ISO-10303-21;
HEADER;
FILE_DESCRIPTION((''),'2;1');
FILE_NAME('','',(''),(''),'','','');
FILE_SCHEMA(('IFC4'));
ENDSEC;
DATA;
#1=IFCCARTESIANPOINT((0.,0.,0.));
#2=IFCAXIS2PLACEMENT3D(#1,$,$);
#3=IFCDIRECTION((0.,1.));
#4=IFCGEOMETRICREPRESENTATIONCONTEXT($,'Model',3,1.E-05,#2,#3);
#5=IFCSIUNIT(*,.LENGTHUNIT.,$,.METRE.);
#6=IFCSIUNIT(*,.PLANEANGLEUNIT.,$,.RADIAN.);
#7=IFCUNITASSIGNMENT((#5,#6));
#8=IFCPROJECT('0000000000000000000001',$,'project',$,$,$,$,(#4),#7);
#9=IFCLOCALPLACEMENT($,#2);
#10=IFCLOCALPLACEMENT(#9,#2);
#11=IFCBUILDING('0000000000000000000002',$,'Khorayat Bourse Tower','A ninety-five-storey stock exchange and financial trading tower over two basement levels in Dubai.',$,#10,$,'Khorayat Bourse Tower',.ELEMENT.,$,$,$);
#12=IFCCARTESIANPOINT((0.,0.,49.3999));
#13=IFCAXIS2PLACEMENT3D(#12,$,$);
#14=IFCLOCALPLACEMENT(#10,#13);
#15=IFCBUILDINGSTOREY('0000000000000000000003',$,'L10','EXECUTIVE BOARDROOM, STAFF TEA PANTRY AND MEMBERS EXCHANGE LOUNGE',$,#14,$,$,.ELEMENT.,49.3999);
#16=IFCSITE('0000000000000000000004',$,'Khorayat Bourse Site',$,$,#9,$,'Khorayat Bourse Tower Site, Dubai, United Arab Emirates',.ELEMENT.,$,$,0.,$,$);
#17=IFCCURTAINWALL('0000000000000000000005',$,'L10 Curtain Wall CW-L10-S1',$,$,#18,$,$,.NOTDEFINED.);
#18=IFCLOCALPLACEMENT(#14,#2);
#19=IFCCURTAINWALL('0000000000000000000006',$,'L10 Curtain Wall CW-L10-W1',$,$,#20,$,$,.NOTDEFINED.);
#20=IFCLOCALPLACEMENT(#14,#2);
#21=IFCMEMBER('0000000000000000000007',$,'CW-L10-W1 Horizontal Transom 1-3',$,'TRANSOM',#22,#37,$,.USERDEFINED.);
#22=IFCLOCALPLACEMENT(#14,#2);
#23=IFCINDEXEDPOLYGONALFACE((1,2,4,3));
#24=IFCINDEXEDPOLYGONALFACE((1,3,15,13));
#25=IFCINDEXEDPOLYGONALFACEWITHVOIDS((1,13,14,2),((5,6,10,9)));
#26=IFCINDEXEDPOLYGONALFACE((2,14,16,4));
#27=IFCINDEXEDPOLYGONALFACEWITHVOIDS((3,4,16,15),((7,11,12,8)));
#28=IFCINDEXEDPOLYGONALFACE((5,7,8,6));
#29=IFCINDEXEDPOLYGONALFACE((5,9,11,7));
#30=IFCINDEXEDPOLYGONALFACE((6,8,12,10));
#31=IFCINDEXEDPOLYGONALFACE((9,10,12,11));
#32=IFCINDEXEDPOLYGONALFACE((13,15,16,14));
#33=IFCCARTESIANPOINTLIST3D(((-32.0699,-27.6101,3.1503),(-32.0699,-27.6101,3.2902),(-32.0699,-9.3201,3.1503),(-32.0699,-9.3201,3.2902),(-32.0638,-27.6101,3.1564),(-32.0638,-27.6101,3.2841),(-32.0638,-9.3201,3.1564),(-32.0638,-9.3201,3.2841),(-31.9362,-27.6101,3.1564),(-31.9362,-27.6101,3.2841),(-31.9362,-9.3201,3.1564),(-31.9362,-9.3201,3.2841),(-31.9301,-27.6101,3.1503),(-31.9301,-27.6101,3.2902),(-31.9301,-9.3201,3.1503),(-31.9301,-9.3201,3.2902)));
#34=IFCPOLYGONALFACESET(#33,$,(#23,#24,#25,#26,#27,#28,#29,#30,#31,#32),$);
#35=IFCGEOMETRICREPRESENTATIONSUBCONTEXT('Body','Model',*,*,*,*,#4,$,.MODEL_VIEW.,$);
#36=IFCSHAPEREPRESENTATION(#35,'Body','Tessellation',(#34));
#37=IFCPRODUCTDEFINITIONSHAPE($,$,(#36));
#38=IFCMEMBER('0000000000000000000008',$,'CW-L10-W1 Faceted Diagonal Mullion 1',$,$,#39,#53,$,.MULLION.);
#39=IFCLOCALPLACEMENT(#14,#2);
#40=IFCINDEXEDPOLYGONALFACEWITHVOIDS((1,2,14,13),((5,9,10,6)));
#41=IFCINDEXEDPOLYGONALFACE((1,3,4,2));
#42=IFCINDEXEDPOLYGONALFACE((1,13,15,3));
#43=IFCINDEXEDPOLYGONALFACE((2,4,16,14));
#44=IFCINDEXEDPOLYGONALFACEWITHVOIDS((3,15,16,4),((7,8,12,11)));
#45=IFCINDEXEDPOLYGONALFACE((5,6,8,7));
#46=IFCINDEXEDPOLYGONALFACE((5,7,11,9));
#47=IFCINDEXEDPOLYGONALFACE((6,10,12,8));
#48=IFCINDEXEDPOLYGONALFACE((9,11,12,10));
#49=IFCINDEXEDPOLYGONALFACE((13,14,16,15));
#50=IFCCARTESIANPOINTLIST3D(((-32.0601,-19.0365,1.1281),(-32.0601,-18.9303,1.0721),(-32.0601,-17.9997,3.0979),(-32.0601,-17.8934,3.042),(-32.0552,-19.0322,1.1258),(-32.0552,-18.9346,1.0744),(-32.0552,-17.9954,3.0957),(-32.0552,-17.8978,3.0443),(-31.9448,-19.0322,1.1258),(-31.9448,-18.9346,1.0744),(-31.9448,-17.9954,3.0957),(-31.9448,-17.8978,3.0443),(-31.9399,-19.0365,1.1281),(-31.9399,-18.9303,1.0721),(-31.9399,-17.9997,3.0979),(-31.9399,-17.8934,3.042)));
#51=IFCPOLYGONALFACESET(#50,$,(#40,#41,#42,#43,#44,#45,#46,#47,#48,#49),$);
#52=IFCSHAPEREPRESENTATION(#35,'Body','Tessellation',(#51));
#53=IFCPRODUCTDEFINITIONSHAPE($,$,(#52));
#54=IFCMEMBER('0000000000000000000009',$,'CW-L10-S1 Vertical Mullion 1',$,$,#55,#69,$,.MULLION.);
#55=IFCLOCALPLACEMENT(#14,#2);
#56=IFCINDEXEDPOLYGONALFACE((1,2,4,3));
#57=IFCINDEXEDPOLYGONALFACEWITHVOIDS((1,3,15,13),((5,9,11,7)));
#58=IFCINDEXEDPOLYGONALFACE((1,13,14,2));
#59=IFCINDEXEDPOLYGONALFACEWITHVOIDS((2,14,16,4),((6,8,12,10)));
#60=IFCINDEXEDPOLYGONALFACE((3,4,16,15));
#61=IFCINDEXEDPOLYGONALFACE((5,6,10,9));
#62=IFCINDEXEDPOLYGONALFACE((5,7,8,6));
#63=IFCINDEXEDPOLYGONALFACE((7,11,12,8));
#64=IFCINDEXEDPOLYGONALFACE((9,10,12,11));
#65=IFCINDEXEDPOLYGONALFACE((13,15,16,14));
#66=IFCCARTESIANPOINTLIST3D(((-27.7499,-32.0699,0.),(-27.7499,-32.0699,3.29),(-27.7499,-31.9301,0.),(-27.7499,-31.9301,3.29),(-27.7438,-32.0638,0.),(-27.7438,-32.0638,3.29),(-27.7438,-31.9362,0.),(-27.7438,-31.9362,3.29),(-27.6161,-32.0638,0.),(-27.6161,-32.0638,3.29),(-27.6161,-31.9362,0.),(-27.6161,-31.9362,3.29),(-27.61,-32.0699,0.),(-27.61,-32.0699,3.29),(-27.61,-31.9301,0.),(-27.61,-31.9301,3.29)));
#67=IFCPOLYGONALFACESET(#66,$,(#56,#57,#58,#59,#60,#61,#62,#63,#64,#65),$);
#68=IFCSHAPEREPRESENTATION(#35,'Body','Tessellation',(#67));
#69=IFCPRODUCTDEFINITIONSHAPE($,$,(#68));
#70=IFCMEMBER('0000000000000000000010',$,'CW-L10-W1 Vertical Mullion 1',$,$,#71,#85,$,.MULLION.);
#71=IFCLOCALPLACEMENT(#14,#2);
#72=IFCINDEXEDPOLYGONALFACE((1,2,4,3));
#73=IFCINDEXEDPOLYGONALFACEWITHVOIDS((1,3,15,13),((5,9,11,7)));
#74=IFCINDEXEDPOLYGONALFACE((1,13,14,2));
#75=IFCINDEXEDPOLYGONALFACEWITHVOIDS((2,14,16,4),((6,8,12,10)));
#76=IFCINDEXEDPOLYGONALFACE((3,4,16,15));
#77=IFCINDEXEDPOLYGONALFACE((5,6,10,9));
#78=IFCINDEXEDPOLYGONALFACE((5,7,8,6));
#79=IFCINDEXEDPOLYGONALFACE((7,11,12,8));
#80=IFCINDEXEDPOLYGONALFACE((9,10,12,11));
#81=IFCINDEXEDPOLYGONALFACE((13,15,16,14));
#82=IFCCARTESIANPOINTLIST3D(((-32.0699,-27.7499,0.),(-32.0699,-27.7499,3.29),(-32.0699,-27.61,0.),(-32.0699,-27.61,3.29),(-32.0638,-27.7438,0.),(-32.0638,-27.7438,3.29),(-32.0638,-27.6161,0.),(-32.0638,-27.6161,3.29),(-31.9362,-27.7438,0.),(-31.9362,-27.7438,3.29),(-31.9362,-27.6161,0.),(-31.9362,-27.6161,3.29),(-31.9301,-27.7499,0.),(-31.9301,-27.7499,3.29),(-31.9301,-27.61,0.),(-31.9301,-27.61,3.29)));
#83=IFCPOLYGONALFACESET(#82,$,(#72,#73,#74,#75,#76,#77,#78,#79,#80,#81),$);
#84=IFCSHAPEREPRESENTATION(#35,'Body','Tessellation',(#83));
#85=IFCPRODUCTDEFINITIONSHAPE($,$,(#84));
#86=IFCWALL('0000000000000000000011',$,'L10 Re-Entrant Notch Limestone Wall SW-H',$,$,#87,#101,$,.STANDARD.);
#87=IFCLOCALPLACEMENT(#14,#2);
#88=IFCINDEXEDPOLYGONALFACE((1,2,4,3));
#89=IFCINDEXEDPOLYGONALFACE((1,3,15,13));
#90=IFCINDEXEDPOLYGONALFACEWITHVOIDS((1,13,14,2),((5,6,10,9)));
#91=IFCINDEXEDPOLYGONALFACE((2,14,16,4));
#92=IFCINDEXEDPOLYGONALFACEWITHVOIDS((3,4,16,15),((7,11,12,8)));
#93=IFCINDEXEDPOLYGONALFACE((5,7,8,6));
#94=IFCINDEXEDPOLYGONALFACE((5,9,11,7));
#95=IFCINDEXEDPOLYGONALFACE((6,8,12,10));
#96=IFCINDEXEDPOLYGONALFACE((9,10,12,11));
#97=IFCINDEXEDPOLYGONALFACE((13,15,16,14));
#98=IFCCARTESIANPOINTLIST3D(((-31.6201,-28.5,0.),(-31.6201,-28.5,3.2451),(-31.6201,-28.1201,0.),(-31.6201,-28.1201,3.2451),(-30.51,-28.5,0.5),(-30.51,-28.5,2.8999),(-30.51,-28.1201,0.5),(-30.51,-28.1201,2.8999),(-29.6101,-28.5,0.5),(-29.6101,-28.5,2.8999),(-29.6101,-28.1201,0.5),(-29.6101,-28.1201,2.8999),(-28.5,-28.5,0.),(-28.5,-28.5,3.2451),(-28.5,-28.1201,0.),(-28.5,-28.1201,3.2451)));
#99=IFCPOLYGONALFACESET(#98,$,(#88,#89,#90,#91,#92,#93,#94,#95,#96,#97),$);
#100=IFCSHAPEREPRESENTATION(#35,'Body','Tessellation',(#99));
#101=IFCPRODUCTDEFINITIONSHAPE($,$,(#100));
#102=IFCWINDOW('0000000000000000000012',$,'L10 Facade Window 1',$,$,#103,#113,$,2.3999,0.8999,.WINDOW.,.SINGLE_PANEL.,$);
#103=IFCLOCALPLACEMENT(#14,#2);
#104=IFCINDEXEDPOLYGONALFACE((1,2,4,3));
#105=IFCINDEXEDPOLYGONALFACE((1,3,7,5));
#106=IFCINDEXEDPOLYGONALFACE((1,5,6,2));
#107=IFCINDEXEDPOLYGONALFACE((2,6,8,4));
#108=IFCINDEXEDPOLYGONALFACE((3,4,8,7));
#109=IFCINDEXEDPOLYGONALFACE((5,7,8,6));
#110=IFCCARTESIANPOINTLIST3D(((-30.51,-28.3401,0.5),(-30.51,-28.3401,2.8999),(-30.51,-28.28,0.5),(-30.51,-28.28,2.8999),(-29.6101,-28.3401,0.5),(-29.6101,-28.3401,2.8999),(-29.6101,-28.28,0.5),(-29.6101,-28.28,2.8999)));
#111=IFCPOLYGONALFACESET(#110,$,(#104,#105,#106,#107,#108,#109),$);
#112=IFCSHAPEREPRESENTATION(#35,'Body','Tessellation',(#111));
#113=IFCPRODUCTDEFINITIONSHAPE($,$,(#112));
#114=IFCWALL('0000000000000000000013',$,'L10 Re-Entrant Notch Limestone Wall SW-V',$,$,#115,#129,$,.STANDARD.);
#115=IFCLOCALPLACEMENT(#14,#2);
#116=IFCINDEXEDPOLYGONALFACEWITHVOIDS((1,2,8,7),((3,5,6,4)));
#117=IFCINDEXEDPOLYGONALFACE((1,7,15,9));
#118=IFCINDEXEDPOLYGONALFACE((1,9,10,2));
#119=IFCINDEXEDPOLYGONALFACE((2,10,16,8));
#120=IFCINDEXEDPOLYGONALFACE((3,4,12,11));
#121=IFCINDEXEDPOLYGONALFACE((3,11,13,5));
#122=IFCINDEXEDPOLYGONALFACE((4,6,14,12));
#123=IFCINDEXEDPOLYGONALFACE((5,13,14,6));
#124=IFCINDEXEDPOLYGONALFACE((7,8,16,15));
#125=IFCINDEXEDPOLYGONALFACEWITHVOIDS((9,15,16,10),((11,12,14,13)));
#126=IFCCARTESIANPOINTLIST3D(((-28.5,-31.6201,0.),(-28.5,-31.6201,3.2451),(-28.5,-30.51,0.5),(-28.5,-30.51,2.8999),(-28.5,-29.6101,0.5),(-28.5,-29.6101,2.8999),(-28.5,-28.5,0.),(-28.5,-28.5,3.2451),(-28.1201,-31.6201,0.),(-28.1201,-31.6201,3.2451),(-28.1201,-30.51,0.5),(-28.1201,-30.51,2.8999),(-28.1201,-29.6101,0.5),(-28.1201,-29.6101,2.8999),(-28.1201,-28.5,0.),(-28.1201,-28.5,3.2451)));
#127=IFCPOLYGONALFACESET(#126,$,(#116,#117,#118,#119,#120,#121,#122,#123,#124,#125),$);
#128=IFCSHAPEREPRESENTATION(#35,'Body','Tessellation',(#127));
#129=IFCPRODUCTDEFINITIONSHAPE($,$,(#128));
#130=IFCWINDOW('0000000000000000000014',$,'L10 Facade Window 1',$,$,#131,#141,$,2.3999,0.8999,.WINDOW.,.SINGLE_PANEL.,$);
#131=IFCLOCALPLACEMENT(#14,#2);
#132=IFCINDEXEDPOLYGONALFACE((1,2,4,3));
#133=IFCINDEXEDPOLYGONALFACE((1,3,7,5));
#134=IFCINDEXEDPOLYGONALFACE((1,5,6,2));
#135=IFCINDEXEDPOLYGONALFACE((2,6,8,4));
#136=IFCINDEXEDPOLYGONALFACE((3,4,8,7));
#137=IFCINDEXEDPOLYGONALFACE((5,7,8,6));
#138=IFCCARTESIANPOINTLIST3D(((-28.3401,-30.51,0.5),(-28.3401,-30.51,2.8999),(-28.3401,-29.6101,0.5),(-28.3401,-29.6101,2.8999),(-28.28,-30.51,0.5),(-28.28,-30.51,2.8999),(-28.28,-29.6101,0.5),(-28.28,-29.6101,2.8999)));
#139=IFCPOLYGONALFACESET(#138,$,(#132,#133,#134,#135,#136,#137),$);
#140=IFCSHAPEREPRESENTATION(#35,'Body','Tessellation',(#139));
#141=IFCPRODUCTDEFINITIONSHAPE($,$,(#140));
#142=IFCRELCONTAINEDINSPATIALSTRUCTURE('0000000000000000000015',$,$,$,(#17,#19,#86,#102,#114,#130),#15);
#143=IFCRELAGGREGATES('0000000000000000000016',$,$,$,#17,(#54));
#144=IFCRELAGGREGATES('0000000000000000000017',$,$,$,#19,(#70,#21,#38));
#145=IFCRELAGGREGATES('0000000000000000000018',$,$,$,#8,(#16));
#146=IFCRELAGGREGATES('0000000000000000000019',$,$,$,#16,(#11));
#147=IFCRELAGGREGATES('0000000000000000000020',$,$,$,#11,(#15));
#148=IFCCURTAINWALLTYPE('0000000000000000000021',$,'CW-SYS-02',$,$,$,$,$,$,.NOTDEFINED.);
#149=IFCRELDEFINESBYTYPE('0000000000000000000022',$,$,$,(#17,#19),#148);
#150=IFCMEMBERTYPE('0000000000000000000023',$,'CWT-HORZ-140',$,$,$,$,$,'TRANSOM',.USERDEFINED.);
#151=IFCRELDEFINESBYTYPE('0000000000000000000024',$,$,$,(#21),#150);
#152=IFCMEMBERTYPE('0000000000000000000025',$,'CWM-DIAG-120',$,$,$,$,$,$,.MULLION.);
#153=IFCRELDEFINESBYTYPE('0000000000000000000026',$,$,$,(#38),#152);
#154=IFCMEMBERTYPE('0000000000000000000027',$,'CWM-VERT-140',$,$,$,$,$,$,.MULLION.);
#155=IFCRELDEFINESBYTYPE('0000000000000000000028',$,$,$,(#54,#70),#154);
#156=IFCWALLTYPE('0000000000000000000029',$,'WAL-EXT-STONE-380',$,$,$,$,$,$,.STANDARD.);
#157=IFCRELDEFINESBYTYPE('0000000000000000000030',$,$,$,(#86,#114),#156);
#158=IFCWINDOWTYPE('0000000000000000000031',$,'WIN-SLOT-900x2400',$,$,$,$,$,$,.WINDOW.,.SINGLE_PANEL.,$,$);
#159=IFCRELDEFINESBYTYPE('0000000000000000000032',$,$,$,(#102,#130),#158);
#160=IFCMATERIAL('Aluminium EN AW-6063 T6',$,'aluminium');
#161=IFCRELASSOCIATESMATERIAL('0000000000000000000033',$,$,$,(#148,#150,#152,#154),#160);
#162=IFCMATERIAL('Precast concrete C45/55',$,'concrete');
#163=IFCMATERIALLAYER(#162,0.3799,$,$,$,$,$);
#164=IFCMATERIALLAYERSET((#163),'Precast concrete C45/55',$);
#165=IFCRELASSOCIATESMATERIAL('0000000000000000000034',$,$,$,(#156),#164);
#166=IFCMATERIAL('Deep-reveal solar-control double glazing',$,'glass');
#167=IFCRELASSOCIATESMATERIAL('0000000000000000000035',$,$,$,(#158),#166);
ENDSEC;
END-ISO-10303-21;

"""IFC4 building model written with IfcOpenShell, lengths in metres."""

from ifc_helpers import new_model, si_unit, direction, frame, frame_2d, origin, origin_2d, place, context, subcontext, project, spatial, rectangle, hollow_rectangle, extrude, source, transform, mapped, material, layer, layer_set, material_profile, profile_set, type_object, element, fill, aggregate, save


model = new_model("IFC4")

# Units and contexts
model_context = context("Model", 3, precision=1e-05, world=origin(), true_north=direction((0.0, 1.0)))
body_context = subcontext(model_context, "Body", "Model", "MODEL_VIEW")
ifc_project = project(units=[si_unit("LENGTHUNIT", "METRE"), si_unit("PLANEANGLEUNIT", "RADIAN")], contexts=[model_context])

# Site, building, storey
site_placement = place(None, origin())
site = spatial("IfcSite", under=ifc_project, at=site_placement, Name="Khorayat Bourse Site", LongName="Khorayat Bourse Tower Site, Dubai, United Arab Emirates", CompositionType="ELEMENT", RefElevation=0.0)
building_placement = place(site_placement, origin())
building = spatial("IfcBuilding", under=site, at=building_placement, Name="Khorayat Bourse Tower", Description="A ninety-five-storey stock exchange and financial trading tower over two basement levels in Dubai.", LongName="Khorayat Bourse Tower", CompositionType="ELEMENT")
storey_placement = place(building_placement, frame((0.0, 0.0, 49.3999)))
storey = spatial("IfcBuildingStorey", under=building, at=storey_placement, Name="L10", Description="EXECUTIVE BOARDROOM, STAFF TEA PANTRY AND MEMBERS EXCHANGE LOUNGE", CompositionType="ELEMENT", Elevation=49.3999)

# Curtain walls, members
ifc_material_1 = material(Name="Aluminium EN AW-6063 T6", Category="aluminium")
curtain_wall_type = type_object("IfcCurtainWallType", Name="CW-SYS-02", PredefinedType="NOTDEFINED", material=ifc_material_1)
curtain_wall_1_placement = place(storey_placement, origin())
curtain_wall_1 = element("IfcCurtainWall", 1, at=curtain_wall_1_placement, inside=storey, type_object=curtain_wall_type, Name="L10 Curtain Wall CW-L10-S1", PredefinedType="NOTDEFINED")
ifc_material_profile_1 = material_profile(ifc_material_1, hollow_rectangle(XDim=0.1399, YDim=0.1399, WallThickness=0.0061, at=origin_2d()), Name="ALU 140x140x6")
ifc_profile_set_1 = profile_set([ifc_material_profile_1], Name="Aluminium EN AW-6063 T6")
member_type_1 = type_object("IfcMemberType", Name="CWT-HORZ-140", ElementType="TRANSOM", PredefinedType="USERDEFINED", material=ifc_profile_set_1)
shared_shape_1 = source(origin(), body_context, "Body", "SweptSolid", [
    extrude(hollow_rectangle(XDim=0.1399, YDim=0.1399, WallThickness=0.0061, at=origin_2d()), origin(), (0.0, 0.0, 1.0), 18.29),
])
curtain_wall_2_placement = place(storey_placement, origin())
curtain_wall_2 = element("IfcCurtainWall", 2, at=curtain_wall_2_placement, inside=storey, type_object=curtain_wall_type, Name="L10 Curtain Wall CW-L10-W1", PredefinedType="NOTDEFINED")
member_1_placement = place(storey_placement, frame((-32.0, -27.6101, 3.2202), z_axis=(0.0, 1.0, 0.0), x_axis=(-1.0, 0.0, 0.0)))
member_1 = element("IfcMember", 3, at=member_1_placement, type_object=member_type_1, Name="CW-L10-W1 Horizontal Transom 1-3", ObjectType="TRANSOM", PredefinedType="USERDEFINED", context=body_context, shape_type="MappedRepresentation", body=[
    mapped(shared_shape_1, transform((0.0, 0.0, 0.0), scale=1.0)),
])
ifc_material_profile_2 = material_profile(ifc_material_1, hollow_rectangle(XDim=0.1201, YDim=0.1201, WallThickness=0.0049, at=origin_2d()), Name="ALU 120x120x5")
ifc_profile_set_2 = profile_set([ifc_material_profile_2], Name="Aluminium EN AW-6063 T6")
member_type_2 = type_object("IfcMemberType", Name="CWM-DIAG-120", PredefinedType="MULLION", material=ifc_profile_set_2)
shared_shape_2 = source(origin(), body_context, "Body", "SweptSolid", [
    extrude(hollow_rectangle(XDim=0.1201, YDim=0.1201, WallThickness=0.0049, at=origin_2d()), origin(), (0.0, 0.0, 1.0), 2.2261),
])
member_2_placement = place(storey_placement, frame((-32.0, -18.9834, 1.1001), z_axis=(0.0, 0.46576, 0.884911), x_axis=(-1.0, 0.0, 0.0)))
member_2 = element("IfcMember", 4, at=member_2_placement, type_object=member_type_2, Name="CW-L10-W1 Faceted Diagonal Mullion 1", PredefinedType="MULLION", context=body_context, shape_type="MappedRepresentation", body=[
    mapped(shared_shape_2, transform((0.0, 0.0, 0.0), scale=1.0)),
])

# Members
ifc_material_profile_3 = material_profile(ifc_material_1, hollow_rectangle(XDim=0.1399, YDim=0.1399, WallThickness=0.0061, at=origin_2d()), Name="ALU 140x140x6")
ifc_profile_set_3 = profile_set([ifc_material_profile_3], Name="Aluminium EN AW-6063 T6")
member_type_3 = type_object("IfcMemberType", Name="CWM-VERT-140", PredefinedType="MULLION", material=ifc_profile_set_3)
shared_shape_3 = source(origin(), body_context, "Body", "SweptSolid", [
    extrude(hollow_rectangle(XDim=0.1399, YDim=0.1399, WallThickness=0.0061, at=origin_2d()), origin(), (0.0, 0.0, 1.0), 3.29),
])
member_3_placement = place(storey_placement, frame((-27.6799, -32.0, 0.0), z_axis=(0.0, 0.0, 1.0), x_axis=(0.0, 1.0, 0.0)))
member_3 = element("IfcMember", 5, at=member_3_placement, type_object=member_type_3, Name="CW-L10-S1 Vertical Mullion 1", PredefinedType="MULLION", context=body_context, shape_type="MappedRepresentation", body=[
    mapped(shared_shape_3, transform((0.0, 0.0, 0.0), scale=1.0)),
])
aggregate(curtain_wall_1, [member_3])
member_4_placement = place(storey_placement, frame((-32.0, -27.6799, 0.0), z_axis=(0.0, 0.0, 1.0), x_axis=(-1.0, 0.0, 0.0)))
member_4 = element("IfcMember", 6, at=member_4_placement, type_object=member_type_3, Name="CW-L10-W1 Vertical Mullion 1", PredefinedType="MULLION", context=body_context, shape_type="MappedRepresentation", body=[
    mapped(shared_shape_3, transform((0.0, 0.0, 0.0), scale=1.0)),
])
aggregate(curtain_wall_2, [member_4, member_1, member_2])

# Walls, openings, windows
ifc_material_2 = material(Name="Precast concrete C45/55", Category="concrete")
ifc_layer_1 = layer(ifc_material_2, 0.3799)
ifc_layer_set_1 = layer_set([ifc_layer_1], Name="Precast concrete C45/55")
wall_type_1 = type_object("IfcWallType", Name="WAL-EXT-STONE-380", PredefinedType="STANDARD", material=ifc_layer_set_1)
shared_shape_4 = source(origin(), body_context, "Body", "SweptSolid", [
    extrude(rectangle(XDim=3.1201, YDim=0.3799, at=frame_2d((1.5601, 0.0))), origin(), (0.0, 0.0, 1.0), 3.2451),
])
wall_1_placement = place(storey_placement, frame((-28.5, -28.3101, 0.0), z_axis=(0.0, 0.0, 1.0), x_axis=(-1.0, 0.0, 0.0)))
wall_1 = element("IfcWall", 7, at=wall_1_placement, inside=storey, type_object=wall_type_1, Name="L10 Re-Entrant Notch Limestone Wall SW-H", PredefinedType="STANDARD", context=body_context, shape_type="MappedRepresentation", body=[
    mapped(shared_shape_4, transform((0.0, 0.0, 0.0), scale=1.0)),
])
shared_shape_5 = source(origin(), body_context, "Body", "SweptSolid", [
    extrude(rectangle(XDim=0.8999, YDim=2.3999, at=frame_2d((0.45, 1.2))), frame((0.0, 0.2, 0.0), z_axis=(0.0, -1.0, 0.0), x_axis=(1.0, 0.0, 0.0)), (0.0, 0.0, 1.0), 0.3999),
])
opening_1_placement = place(wall_1_placement, frame((1.1101, 0.0, 0.5)))
opening_1 = element("IfcOpeningElement", 8, at=opening_1_placement, cuts=wall_1, PredefinedType="OPENING", context=body_context, shape_type="MappedRepresentation", body=[
    mapped(shared_shape_5, transform((0.0, 0.0, 0.0), scale=1.0)),
])
ifc_material_3 = material(Name="Deep-reveal solar-control double glazing", Category="glass")
window_type = type_object("IfcWindowType", Name="WIN-SLOT-900x2400", PartitioningType="SINGLE_PANEL", PredefinedType="WINDOW", material=ifc_material_3)
shared_shape_6 = source(origin(), body_context, "Body", "SweptSolid", [
    extrude(rectangle(XDim=0.8999, YDim=2.3999, at=frame_2d((0.45, 1.2))), frame((0.0, 0.03, 0.0), z_axis=(0.0, -1.0, 0.0), x_axis=(1.0, 0.0, 0.0)), (0.0, 0.0, 1.0), 0.0601),
])
window_1_placement = place(opening_1_placement, origin())
window_1 = element("IfcWindow", 9, at=window_1_placement, inside=storey, type_object=window_type, Name="L10 Facade Window 1", OverallHeight=2.3999, OverallWidth=0.8999, PartitioningType="SINGLE_PANEL", PredefinedType="WINDOW", context=body_context, shape_type="MappedRepresentation", body=[
    mapped(shared_shape_6, transform((0.0, 0.0, 0.0), scale=1.0)),
])
fill(opening_1, window_1)
wall_2_placement = place(storey_placement, frame((-28.3101, -31.6201, 0.0), z_axis=(0.0, 0.0, 1.0), x_axis=(0.0, 1.0, 0.0)))
wall_2 = element("IfcWall", 10, at=wall_2_placement, inside=storey, type_object=wall_type_1, Name="L10 Re-Entrant Notch Limestone Wall SW-V", PredefinedType="STANDARD", context=body_context, shape_type="MappedRepresentation", body=[
    mapped(shared_shape_4, transform((0.0, 0.0, 0.0), scale=1.0)),
])
opening_2_placement = place(wall_2_placement, frame((1.1101, 0.0, 0.5)))
opening_2 = element("IfcOpeningElement", 11, at=opening_2_placement, cuts=wall_2, PredefinedType="OPENING", context=body_context, shape_type="MappedRepresentation", body=[
    mapped(shared_shape_5, transform((0.0, 0.0, 0.0), scale=1.0)),
])
window_2_placement = place(opening_2_placement, origin())
window_2 = element("IfcWindow", 12, at=window_2_placement, inside=storey, type_object=window_type, Name="L10 Facade Window 1", OverallHeight=2.3999, OverallWidth=0.8999, PartitioningType="SINGLE_PANEL", PredefinedType="WINDOW", context=body_context, shape_type="MappedRepresentation", body=[
    mapped(shared_shape_6, transform((0.0, 0.0, 0.0), scale=1.0)),
])
fill(opening_2, window_2)

save(model, "model.ifc")
